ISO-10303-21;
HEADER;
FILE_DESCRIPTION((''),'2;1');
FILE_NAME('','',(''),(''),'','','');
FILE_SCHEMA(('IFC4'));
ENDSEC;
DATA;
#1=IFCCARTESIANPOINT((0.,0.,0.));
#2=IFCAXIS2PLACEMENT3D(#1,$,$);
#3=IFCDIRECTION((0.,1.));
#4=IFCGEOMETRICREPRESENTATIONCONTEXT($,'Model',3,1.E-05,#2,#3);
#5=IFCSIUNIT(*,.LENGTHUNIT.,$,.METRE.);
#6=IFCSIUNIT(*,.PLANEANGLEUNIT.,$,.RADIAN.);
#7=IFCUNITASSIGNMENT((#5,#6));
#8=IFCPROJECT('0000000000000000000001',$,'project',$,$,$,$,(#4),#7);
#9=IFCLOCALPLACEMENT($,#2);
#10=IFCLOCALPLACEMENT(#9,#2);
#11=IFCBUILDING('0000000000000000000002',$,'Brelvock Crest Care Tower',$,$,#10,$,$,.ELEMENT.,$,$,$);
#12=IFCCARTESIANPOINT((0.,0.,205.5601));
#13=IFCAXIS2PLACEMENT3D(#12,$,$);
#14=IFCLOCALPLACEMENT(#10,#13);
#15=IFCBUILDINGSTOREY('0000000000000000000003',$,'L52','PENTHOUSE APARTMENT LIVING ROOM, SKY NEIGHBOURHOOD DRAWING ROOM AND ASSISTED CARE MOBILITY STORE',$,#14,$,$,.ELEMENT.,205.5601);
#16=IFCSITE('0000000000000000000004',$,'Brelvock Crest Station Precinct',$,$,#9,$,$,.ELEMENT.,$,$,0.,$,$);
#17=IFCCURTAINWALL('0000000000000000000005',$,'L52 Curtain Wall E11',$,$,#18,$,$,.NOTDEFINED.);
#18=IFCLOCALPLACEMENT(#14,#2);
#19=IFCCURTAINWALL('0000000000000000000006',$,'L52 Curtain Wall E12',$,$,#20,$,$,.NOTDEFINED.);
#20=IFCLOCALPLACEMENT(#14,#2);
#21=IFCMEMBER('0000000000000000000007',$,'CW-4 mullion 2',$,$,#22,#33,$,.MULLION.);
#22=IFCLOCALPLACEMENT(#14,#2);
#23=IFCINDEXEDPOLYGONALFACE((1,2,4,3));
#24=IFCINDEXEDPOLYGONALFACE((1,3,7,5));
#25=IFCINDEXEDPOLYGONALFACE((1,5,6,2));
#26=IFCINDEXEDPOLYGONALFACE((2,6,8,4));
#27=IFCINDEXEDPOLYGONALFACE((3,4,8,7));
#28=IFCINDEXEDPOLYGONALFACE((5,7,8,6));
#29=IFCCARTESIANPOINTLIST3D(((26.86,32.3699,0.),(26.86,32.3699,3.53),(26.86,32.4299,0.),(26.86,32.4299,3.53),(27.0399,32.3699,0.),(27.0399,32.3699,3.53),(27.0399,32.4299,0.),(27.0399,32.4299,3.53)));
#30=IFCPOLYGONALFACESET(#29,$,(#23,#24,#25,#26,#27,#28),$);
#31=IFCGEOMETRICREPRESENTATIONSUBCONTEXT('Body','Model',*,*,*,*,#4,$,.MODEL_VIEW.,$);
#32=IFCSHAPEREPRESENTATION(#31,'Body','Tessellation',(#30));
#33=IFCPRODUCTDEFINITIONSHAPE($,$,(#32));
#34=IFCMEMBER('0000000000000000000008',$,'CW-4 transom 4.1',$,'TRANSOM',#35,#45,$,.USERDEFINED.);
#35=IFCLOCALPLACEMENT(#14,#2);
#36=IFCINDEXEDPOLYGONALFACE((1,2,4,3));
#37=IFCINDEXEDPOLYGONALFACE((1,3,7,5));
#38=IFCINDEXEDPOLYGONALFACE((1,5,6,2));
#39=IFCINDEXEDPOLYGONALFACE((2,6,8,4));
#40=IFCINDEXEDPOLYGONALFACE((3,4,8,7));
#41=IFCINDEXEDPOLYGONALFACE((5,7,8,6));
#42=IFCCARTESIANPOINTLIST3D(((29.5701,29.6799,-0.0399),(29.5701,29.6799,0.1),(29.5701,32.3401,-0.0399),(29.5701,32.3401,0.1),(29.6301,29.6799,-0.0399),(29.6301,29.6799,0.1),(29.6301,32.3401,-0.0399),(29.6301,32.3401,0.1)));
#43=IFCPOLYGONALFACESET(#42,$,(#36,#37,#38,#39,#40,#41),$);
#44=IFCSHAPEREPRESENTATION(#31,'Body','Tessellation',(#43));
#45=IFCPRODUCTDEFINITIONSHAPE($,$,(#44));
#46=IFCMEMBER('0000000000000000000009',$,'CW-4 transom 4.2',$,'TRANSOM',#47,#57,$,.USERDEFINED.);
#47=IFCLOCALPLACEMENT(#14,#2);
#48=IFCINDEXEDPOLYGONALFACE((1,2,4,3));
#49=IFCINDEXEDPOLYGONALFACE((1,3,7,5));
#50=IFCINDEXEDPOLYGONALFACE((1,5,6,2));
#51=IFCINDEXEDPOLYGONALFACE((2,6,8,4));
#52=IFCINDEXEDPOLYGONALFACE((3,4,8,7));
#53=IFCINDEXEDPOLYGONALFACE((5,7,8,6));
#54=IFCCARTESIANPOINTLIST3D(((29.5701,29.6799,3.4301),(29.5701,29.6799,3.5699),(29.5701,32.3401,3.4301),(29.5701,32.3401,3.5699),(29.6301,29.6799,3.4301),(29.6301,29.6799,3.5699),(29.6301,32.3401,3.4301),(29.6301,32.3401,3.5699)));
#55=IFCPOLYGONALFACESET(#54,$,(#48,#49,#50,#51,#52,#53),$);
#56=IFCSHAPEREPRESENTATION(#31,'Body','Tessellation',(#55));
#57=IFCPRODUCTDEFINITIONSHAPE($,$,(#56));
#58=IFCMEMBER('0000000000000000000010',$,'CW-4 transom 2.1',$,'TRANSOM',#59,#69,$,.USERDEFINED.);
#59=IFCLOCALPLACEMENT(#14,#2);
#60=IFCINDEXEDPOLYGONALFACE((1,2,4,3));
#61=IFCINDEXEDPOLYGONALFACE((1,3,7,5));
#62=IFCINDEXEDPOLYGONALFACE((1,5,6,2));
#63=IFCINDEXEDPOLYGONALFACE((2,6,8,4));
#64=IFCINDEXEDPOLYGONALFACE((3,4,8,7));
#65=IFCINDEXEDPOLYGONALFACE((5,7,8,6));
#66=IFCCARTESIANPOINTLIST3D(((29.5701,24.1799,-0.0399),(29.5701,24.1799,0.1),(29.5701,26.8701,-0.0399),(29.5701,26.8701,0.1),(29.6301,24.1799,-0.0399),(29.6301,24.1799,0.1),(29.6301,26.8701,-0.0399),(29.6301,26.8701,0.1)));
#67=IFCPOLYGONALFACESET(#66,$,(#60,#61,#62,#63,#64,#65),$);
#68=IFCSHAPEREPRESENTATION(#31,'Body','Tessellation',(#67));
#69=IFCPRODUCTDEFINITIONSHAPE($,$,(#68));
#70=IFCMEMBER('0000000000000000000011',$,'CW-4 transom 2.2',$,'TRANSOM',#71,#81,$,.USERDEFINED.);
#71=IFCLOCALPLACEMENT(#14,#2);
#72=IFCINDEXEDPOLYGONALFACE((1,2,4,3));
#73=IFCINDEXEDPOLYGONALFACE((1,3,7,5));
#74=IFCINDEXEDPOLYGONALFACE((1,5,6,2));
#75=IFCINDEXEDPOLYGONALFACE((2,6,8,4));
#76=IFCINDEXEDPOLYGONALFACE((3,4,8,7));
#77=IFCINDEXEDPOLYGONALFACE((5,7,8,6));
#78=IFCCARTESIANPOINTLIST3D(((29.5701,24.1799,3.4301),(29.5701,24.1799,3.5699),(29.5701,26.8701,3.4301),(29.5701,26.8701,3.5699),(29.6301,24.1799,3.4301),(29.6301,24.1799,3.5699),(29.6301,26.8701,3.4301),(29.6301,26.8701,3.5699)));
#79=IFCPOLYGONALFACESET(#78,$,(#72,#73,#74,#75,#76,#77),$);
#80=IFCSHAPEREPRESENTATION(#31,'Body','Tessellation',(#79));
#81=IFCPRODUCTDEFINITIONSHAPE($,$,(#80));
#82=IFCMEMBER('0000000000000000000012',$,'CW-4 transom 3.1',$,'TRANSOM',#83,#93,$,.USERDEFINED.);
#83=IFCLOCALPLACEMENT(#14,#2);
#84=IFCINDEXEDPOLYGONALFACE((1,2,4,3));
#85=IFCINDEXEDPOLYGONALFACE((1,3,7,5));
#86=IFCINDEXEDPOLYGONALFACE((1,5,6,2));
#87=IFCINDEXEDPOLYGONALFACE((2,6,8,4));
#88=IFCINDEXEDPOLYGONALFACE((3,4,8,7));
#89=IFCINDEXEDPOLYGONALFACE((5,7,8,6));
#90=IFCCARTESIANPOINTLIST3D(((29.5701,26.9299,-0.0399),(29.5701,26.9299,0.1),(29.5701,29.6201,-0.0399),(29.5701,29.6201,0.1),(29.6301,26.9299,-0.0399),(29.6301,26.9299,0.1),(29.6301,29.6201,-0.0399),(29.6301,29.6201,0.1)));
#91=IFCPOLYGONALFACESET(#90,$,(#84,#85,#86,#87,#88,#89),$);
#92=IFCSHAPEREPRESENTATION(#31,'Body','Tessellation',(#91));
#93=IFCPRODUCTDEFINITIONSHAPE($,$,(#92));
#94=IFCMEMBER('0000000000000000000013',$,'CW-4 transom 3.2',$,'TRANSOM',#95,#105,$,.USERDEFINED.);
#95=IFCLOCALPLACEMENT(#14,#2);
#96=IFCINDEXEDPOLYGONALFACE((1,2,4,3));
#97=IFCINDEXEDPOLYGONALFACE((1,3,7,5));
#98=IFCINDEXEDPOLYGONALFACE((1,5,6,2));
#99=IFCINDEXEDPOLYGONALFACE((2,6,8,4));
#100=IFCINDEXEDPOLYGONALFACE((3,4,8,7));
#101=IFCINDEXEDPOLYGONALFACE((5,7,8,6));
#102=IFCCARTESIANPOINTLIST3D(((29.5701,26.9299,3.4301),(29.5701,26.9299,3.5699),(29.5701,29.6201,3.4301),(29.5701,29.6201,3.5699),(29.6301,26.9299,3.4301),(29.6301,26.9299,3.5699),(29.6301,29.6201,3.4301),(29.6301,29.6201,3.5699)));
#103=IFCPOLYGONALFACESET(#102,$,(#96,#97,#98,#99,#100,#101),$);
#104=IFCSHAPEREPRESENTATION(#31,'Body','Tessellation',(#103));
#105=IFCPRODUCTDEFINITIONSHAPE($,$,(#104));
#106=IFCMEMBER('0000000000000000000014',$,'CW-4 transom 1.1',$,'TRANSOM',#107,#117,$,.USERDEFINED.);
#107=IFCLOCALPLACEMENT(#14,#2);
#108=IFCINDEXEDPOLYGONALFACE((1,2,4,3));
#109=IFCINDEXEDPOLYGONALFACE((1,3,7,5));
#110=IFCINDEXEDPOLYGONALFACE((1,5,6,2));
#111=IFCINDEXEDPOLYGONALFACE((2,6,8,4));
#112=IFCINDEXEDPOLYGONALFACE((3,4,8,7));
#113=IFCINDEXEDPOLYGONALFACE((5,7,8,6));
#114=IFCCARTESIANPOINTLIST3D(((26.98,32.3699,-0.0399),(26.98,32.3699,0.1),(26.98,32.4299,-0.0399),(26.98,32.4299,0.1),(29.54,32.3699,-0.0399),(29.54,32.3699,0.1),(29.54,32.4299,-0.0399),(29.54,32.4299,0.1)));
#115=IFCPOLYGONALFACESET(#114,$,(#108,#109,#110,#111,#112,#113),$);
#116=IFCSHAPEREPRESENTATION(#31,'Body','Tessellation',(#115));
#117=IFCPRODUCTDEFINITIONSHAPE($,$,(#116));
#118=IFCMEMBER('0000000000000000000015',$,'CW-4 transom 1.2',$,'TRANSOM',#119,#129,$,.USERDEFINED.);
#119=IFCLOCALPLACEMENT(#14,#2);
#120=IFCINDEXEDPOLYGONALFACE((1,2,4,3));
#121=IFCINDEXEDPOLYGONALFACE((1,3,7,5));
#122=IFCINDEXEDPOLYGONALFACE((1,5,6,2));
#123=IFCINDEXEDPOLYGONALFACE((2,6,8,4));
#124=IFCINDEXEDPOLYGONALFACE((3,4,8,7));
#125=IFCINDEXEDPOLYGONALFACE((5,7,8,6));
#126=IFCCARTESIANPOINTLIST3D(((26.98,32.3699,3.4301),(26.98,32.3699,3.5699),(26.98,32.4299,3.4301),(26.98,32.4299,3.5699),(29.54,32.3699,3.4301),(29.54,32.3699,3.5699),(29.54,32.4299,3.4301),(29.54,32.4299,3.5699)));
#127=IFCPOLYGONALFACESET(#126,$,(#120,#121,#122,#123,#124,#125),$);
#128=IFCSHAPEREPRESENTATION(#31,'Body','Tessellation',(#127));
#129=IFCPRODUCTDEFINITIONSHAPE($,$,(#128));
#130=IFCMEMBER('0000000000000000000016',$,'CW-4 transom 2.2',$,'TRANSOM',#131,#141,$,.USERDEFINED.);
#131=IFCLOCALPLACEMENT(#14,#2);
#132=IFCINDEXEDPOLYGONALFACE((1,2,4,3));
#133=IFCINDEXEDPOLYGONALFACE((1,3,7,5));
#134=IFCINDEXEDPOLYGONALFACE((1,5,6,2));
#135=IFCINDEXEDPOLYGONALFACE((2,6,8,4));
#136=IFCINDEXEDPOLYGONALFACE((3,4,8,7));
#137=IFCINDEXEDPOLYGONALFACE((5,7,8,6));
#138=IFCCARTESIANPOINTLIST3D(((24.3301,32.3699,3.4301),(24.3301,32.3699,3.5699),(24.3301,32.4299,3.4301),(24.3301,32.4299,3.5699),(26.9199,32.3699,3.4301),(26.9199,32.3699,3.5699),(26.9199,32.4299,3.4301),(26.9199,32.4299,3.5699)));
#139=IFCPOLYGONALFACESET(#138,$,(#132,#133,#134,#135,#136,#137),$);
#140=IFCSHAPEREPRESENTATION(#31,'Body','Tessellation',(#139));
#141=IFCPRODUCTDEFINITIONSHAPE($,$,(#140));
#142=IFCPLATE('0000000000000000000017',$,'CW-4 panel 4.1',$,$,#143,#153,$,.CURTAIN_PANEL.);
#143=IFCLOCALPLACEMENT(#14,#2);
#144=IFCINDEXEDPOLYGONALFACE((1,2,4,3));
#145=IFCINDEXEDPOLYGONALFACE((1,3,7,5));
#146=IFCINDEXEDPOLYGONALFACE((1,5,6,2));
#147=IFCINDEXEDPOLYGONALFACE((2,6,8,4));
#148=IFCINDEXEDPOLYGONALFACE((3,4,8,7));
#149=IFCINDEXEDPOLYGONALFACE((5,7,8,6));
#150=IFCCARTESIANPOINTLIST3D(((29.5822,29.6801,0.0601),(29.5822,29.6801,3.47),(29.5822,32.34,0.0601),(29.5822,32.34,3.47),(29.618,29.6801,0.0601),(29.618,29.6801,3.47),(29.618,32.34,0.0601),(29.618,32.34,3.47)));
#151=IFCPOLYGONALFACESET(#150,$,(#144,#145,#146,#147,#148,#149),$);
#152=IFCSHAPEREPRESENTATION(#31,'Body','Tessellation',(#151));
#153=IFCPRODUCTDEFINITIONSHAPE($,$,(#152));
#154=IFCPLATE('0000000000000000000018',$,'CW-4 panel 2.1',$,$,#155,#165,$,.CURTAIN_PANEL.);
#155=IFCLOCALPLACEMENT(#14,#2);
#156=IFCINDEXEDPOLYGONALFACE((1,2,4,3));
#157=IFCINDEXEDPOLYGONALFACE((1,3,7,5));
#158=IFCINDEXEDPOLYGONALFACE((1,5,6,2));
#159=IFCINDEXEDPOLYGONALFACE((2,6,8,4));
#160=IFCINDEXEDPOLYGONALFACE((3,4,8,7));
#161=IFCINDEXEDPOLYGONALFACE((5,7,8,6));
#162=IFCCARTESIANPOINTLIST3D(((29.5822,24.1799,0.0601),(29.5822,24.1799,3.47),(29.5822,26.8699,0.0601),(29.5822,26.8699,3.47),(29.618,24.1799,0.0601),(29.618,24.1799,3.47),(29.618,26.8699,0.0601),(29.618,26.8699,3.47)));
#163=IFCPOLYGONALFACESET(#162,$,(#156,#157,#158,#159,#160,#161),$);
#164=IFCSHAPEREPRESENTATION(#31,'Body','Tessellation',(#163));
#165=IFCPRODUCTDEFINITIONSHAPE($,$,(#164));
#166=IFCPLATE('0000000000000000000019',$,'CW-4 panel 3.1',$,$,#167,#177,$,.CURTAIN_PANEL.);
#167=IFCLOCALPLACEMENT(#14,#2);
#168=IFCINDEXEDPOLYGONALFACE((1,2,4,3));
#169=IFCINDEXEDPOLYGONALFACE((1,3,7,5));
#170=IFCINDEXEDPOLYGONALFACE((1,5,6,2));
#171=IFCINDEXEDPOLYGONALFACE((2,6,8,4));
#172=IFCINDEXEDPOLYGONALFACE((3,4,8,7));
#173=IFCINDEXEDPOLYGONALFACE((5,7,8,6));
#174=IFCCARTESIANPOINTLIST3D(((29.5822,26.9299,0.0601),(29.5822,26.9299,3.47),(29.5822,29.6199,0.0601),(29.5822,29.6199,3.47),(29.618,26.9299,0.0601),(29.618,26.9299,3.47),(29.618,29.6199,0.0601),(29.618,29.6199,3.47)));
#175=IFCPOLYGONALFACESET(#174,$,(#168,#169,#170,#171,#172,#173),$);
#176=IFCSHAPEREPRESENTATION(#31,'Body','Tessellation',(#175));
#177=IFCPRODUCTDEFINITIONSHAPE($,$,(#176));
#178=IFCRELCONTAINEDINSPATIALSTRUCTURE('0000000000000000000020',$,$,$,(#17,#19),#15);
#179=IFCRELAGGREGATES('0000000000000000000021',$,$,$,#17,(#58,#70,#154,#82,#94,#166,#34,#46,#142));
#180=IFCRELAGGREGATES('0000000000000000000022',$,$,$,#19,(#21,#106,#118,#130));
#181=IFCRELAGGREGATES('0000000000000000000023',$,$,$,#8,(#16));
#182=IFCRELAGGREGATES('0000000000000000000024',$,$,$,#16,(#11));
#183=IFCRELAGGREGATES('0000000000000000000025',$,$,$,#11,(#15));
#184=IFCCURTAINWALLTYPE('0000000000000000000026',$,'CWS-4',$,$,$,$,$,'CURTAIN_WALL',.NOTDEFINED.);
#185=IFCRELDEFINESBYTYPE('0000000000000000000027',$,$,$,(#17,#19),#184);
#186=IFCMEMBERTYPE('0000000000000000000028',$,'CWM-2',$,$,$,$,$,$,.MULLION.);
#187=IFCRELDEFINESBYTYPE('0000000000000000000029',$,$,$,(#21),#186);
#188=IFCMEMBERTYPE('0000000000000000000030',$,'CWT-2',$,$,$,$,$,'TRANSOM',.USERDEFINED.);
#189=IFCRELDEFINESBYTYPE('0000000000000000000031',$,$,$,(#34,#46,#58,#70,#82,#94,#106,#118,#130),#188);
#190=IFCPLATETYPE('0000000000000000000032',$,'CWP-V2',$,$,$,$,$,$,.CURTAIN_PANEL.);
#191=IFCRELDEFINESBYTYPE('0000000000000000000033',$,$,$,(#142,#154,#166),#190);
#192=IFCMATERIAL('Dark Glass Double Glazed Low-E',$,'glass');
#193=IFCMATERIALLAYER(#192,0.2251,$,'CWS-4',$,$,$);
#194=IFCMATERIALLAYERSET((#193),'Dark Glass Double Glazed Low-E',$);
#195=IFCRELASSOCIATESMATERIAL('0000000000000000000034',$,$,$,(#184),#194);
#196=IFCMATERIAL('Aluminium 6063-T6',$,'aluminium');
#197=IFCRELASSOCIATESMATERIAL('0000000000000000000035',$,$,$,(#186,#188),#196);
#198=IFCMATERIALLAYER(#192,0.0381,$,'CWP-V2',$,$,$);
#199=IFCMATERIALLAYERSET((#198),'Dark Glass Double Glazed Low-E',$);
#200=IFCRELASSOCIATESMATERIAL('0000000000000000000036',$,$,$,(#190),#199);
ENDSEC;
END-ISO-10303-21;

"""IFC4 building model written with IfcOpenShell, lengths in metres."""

from ifc_helpers import new_model, si_unit, direction, frame, origin, origin_2d, place, context, subcontext, project, spatial, rectangle, extrude, source, transform, mapped, material, layer, layer_set, material_profile, profile_set, type_object, element, aggregate, save


model = new_model("IFC4")

# Units and contexts
model_context = context("Model", 3, precision=1e-05, world=origin(), true_north=direction((0.0, 1.0)))
body_context = subcontext(model_context, "Body", "Model", "MODEL_VIEW")
ifc_project = project(units=[si_unit("LENGTHUNIT", "METRE"), si_unit("PLANEANGLEUNIT", "RADIAN")], contexts=[model_context])

# Site, building, storey
site_placement = place(None, origin())
site = spatial("IfcSite", under=ifc_project, at=site_placement, Name="Brelvock Crest Station Precinct", CompositionType="ELEMENT", RefElevation=0.0)
building_placement = place(site_placement, origin())
building = spatial("IfcBuilding", under=site, at=building_placement, Name="Brelvock Crest Care Tower", CompositionType="ELEMENT")
storey_placement = place(building_placement, frame((0.0, 0.0, 205.5601)))
storey = spatial("IfcBuildingStorey", under=building, at=storey_placement, Name="L52", Description="PENTHOUSE APARTMENT LIVING ROOM, SKY NEIGHBOURHOOD DRAWING ROOM AND ASSISTED CARE MOBILITY STORE", CompositionType="ELEMENT", Elevation=205.5601)

# Curtain walls, member
ifc_material_1 = material(Name="Dark Glass Double Glazed Low-E", Category="glass")
ifc_layer_1 = layer(ifc_material_1, 0.2251, Name="CWS-4")
ifc_layer_set_1 = layer_set([ifc_layer_1], Name="Dark Glass Double Glazed Low-E")
curtain_wall_type = type_object("IfcCurtainWallType", Name="CWS-4", ElementType="CURTAIN_WALL", PredefinedType="NOTDEFINED", material=ifc_layer_set_1)
curtain_wall_1_placement = place(storey_placement, origin())
curtain_wall_1 = element("IfcCurtainWall", 1, at=curtain_wall_1_placement, inside=storey, type_object=curtain_wall_type, Name="L52 Curtain Wall E11", PredefinedType="NOTDEFINED")
ifc_material_2 = material(Name="Aluminium 6063-T6", Category="aluminium")
ifc_material_profile_1 = material_profile(ifc_material_2, rectangle(XDim=0.0601, YDim=0.1799, at=origin_2d()), Name="ALU60x180")
ifc_profile_set_1 = profile_set([ifc_material_profile_1], Name="Aluminium 6063-T6")
member_type_1 = type_object("IfcMemberType", Name="CWM-2", PredefinedType="MULLION", material=ifc_profile_set_1)
shared_shape_1 = source(origin(), body_context, "Body", "SweptSolid", [
    extrude(rectangle(XDim=0.0601, YDim=0.1799, at=origin_2d()), origin(), (0.0, 0.0, 1.0), 3.53),
])
curtain_wall_2_placement = place(storey_placement, origin())
curtain_wall_2 = element("IfcCurtainWall", 2, at=curtain_wall_2_placement, inside=storey, type_object=curtain_wall_type, Name="L52 Curtain Wall E12", PredefinedType="NOTDEFINED")
member_1_placement = place(storey_placement, frame((26.95, 32.3999, 0.0), z_axis=(0.0, 0.0, 1.0), x_axis=(0.0, -1.0, 0.0)))
member_1 = element("IfcMember", 3, at=member_1_placement, type_object=member_type_1, Name="CW-4 mullion 2", PredefinedType="MULLION", context=body_context, shape_type="MappedRepresentation", body=[
    mapped(shared_shape_1, transform((0.0, 0.0, 0.0), x_axis=(1.0, 0.0, 0.0), y_axis=(0.0, 1.0, 0.0), z_axis=(0.0, 0.0, 1.0), scale=1.0)),
])

# Members
ifc_material_profile_2 = material_profile(ifc_material_2, rectangle(XDim=0.0601, YDim=0.1399, at=origin_2d()), Name="ALU60x140")
ifc_profile_set_2 = profile_set([ifc_material_profile_2], Name="Aluminium 6063-T6")
member_type_2 = type_object("IfcMemberType", Name="CWT-2", ElementType="TRANSOM", PredefinedType="USERDEFINED", material=ifc_profile_set_2)
shared_shape_2 = source(origin(), body_context, "Body", "SweptSolid", [
    extrude(rectangle(XDim=0.0601, YDim=0.1399, at=origin_2d()), origin(), (0.0, 0.0, 1.0), 2.6602),
])
member_2_placement = place(storey_placement, frame((29.6001, 29.6799, 0.03), z_axis=(0.0, 1.0, 0.0), x_axis=(-1.0, 0.0, 0.0)))
member_2 = element("IfcMember", 4, at=member_2_placement, type_object=member_type_2, Name="CW-4 transom 4.1", ObjectType="TRANSOM", PredefinedType="USERDEFINED", context=body_context, shape_type="MappedRepresentation", body=[
    mapped(shared_shape_2, transform((0.0, 0.0, 0.0), x_axis=(1.0, 0.0, 0.0), y_axis=(0.0, 1.0, 0.0), z_axis=(0.0, 0.0, 1.0), scale=1.0)),
])
member_3_placement = place(storey_placement, frame((29.6001, 29.6799, 3.5), z_axis=(0.0, 1.0, 0.0), x_axis=(-1.0, 0.0, 0.0)))
member_3 = element("IfcMember", 5, at=member_3_placement, type_object=member_type_2, Name="CW-4 transom 4.2", ObjectType="TRANSOM", PredefinedType="USERDEFINED", context=body_context, shape_type="MappedRepresentation", body=[
    mapped(shared_shape_2, transform((0.0, 0.0, 0.0), x_axis=(1.0, 0.0, 0.0), y_axis=(0.0, 1.0, 0.0), z_axis=(0.0, 0.0, 1.0), scale=1.0)),
])
shared_shape_3 = source(origin(), body_context, "Body", "SweptSolid", [
    extrude(rectangle(XDim=0.0601, YDim=0.1399, at=origin_2d()), origin(), (0.0, 0.0, 1.0), 2.6902),
])
member_4_placement = place(storey_placement, frame((29.6001, 24.1799, 0.03), z_axis=(0.0, 1.0, 0.0), x_axis=(-1.0, 0.0, 0.0)))
member_4 = element("IfcMember", 6, at=member_4_placement, type_object=member_type_2, Name="CW-4 transom 2.1", ObjectType="TRANSOM", PredefinedType="USERDEFINED", context=body_context, shape_type="MappedRepresentation", body=[
    mapped(shared_shape_3, transform((0.0, 0.0, 0.0), x_axis=(1.0, 0.0, 0.0), y_axis=(0.0, 1.0, 0.0), z_axis=(0.0, 0.0, 1.0), scale=1.0)),
])
member_5_placement = place(storey_placement, frame((29.6001, 24.1799, 3.5), z_axis=(0.0, 1.0, 0.0), x_axis=(-1.0, 0.0, 0.0)))
member_5 = element("IfcMember", 7, at=member_5_placement, type_object=member_type_2, Name="CW-4 transom 2.2", ObjectType="TRANSOM", PredefinedType="USERDEFINED", context=body_context, shape_type="MappedRepresentation", body=[
    mapped(shared_shape_3, transform((0.0, 0.0, 0.0), x_axis=(1.0, 0.0, 0.0), y_axis=(0.0, 1.0, 0.0), z_axis=(0.0, 0.0, 1.0), scale=1.0)),
])
member_6_placement = place(storey_placement, frame((29.6001, 26.9299, 0.03), z_axis=(0.0, 1.0, 0.0), x_axis=(-1.0, 0.0, 0.0)))
member_6 = element("IfcMember", 8, at=member_6_placement, type_object=member_type_2, Name="CW-4 transom 3.1", ObjectType="TRANSOM", PredefinedType="USERDEFINED", context=body_context, shape_type="MappedRepresentation", body=[
    mapped(shared_shape_3, transform((0.0, 0.0, 0.0), x_axis=(1.0, 0.0, 0.0), y_axis=(0.0, 1.0, 0.0), z_axis=(0.0, 0.0, 1.0), scale=1.0)),
])
member_7_placement = place(storey_placement, frame((29.6001, 26.9299, 3.5), z_axis=(0.0, 1.0, 0.0), x_axis=(-1.0, 0.0, 0.0)))
member_7 = element("IfcMember", 9, at=member_7_placement, type_object=member_type_2, Name="CW-4 transom 3.2", ObjectType="TRANSOM", PredefinedType="USERDEFINED", context=body_context, shape_type="MappedRepresentation", body=[
    mapped(shared_shape_3, transform((0.0, 0.0, 0.0), x_axis=(1.0, 0.0, 0.0), y_axis=(0.0, 1.0, 0.0), z_axis=(0.0, 0.0, 1.0), scale=1.0)),
])
shared_shape_4 = source(origin(), body_context, "Body", "SweptSolid", [
    extrude(rectangle(XDim=0.0601, YDim=0.1399, at=origin_2d()), origin(), (0.0, 0.0, 1.0), 2.5601),
])
member_8_placement = place(storey_placement, frame((29.54, 32.3999, 0.03), z_axis=(-1.0, 0.0, 0.0), x_axis=(0.0, -1.0, 0.0)))
member_8 = element("IfcMember", 10, at=member_8_placement, type_object=member_type_2, Name="CW-4 transom 1.1", ObjectType="TRANSOM", PredefinedType="USERDEFINED", context=body_context, shape_type="MappedRepresentation", body=[
    mapped(shared_shape_4, transform((0.0, 0.0, 0.0), x_axis=(1.0, 0.0, 0.0), y_axis=(0.0, 1.0, 0.0), z_axis=(0.0, 0.0, 1.0), scale=1.0)),
])
member_9_placement = place(storey_placement, frame((29.54, 32.3999, 3.5), z_axis=(-1.0, 0.0, 0.0), x_axis=(0.0, -1.0, 0.0)))
member_9 = element("IfcMember", 11, at=member_9_placement, type_object=member_type_2, Name="CW-4 transom 1.2", ObjectType="TRANSOM", PredefinedType="USERDEFINED", context=body_context, shape_type="MappedRepresentation", body=[
    mapped(shared_shape_4, transform((0.0, 0.0, 0.0), x_axis=(1.0, 0.0, 0.0), y_axis=(0.0, 1.0, 0.0), z_axis=(0.0, 0.0, 1.0), scale=1.0)),
])
shared_shape_5 = source(origin(), body_context, "Body", "SweptSolid", [
    extrude(rectangle(XDim=0.0601, YDim=0.1399, at=origin_2d()), origin(), (0.0, 0.0, 1.0), 2.5898),
])
member_10_placement = place(storey_placement, frame((26.9199, 32.3999, 3.5), z_axis=(-1.0, 0.0, 0.0), x_axis=(0.0, -1.0, 0.0)))
member_10 = element("IfcMember", 12, at=member_10_placement, type_object=member_type_2, Name="CW-4 transom 2.2", ObjectType="TRANSOM", PredefinedType="USERDEFINED", context=body_context, shape_type="MappedRepresentation", body=[
    mapped(shared_shape_5, transform((0.0, 0.0, 0.0), x_axis=(1.0, 0.0, 0.0), y_axis=(0.0, 1.0, 0.0), z_axis=(0.0, 0.0, 1.0), scale=1.0)),
])

# Plates
ifc_layer_2 = layer(ifc_material_1, 0.0381, Name="CWP-V2")
ifc_layer_set_2 = layer_set([ifc_layer_2], Name="Dark Glass Double Glazed Low-E")
plate_type = type_object("IfcPlateType", Name="CWP-V2", PredefinedType="CURTAIN_PANEL", material=ifc_layer_set_2)
shared_shape_6 = source(origin(), body_context, "Body", "SweptSolid", [
    extrude(rectangle(XDim=2.6599, YDim=0.0359, at=origin_2d()), origin(), (0.0, 0.0, 1.0), 3.4099),
])
plate_1_placement = place(storey_placement, frame((29.6001, 31.01, 0.0601), z_axis=(0.0, 0.0, 1.0), x_axis=(0.0, 1.0, 0.0)))
plate_1 = element("IfcPlate", 13, at=plate_1_placement, type_object=plate_type, Name="CW-4 panel 4.1", PredefinedType="CURTAIN_PANEL", context=body_context, shape_type="MappedRepresentation", body=[
    mapped(shared_shape_6, transform((0.0, 0.0, 0.0), x_axis=(1.0, 0.0, 0.0), y_axis=(0.0, 1.0, 0.0), z_axis=(0.0, 0.0, 1.0), scale=1.0)),
])
shared_shape_7 = source(origin(), body_context, "Body", "SweptSolid", [
    extrude(rectangle(XDim=2.6899, YDim=0.0359, at=origin_2d()), origin(), (0.0, 0.0, 1.0), 3.4099),
])
plate_2_placement = place(storey_placement, frame((29.6001, 25.5249, 0.0601), z_axis=(0.0, 0.0, 1.0), x_axis=(0.0, 1.0, 0.0)))
plate_2 = element("IfcPlate", 14, at=plate_2_placement, type_object=plate_type, Name="CW-4 panel 2.1", PredefinedType="CURTAIN_PANEL", context=body_context, shape_type="MappedRepresentation", body=[
    mapped(shared_shape_7, transform((0.0, 0.0, 0.0), x_axis=(1.0, 0.0, 0.0), y_axis=(0.0, 1.0, 0.0), z_axis=(0.0, 0.0, 1.0), scale=1.0)),
])
plate_3_placement = place(storey_placement, frame((29.6001, 28.2749, 0.0601), z_axis=(0.0, 0.0, 1.0), x_axis=(0.0, 1.0, 0.0)))
plate_3 = element("IfcPlate", 15, at=plate_3_placement, type_object=plate_type, Name="CW-4 panel 3.1", PredefinedType="CURTAIN_PANEL", context=body_context, shape_type="MappedRepresentation", body=[
    mapped(shared_shape_7, transform((0.0, 0.0, 0.0), x_axis=(1.0, 0.0, 0.0), y_axis=(0.0, 1.0, 0.0), z_axis=(0.0, 0.0, 1.0), scale=1.0)),
])
aggregate(curtain_wall_1, [member_4, member_5, plate_2, member_6, member_7, plate_3, member_2, member_3, plate_1])
aggregate(curtain_wall_2, [member_1, member_8, member_9, member_10])

save(model, "model.ifc")
